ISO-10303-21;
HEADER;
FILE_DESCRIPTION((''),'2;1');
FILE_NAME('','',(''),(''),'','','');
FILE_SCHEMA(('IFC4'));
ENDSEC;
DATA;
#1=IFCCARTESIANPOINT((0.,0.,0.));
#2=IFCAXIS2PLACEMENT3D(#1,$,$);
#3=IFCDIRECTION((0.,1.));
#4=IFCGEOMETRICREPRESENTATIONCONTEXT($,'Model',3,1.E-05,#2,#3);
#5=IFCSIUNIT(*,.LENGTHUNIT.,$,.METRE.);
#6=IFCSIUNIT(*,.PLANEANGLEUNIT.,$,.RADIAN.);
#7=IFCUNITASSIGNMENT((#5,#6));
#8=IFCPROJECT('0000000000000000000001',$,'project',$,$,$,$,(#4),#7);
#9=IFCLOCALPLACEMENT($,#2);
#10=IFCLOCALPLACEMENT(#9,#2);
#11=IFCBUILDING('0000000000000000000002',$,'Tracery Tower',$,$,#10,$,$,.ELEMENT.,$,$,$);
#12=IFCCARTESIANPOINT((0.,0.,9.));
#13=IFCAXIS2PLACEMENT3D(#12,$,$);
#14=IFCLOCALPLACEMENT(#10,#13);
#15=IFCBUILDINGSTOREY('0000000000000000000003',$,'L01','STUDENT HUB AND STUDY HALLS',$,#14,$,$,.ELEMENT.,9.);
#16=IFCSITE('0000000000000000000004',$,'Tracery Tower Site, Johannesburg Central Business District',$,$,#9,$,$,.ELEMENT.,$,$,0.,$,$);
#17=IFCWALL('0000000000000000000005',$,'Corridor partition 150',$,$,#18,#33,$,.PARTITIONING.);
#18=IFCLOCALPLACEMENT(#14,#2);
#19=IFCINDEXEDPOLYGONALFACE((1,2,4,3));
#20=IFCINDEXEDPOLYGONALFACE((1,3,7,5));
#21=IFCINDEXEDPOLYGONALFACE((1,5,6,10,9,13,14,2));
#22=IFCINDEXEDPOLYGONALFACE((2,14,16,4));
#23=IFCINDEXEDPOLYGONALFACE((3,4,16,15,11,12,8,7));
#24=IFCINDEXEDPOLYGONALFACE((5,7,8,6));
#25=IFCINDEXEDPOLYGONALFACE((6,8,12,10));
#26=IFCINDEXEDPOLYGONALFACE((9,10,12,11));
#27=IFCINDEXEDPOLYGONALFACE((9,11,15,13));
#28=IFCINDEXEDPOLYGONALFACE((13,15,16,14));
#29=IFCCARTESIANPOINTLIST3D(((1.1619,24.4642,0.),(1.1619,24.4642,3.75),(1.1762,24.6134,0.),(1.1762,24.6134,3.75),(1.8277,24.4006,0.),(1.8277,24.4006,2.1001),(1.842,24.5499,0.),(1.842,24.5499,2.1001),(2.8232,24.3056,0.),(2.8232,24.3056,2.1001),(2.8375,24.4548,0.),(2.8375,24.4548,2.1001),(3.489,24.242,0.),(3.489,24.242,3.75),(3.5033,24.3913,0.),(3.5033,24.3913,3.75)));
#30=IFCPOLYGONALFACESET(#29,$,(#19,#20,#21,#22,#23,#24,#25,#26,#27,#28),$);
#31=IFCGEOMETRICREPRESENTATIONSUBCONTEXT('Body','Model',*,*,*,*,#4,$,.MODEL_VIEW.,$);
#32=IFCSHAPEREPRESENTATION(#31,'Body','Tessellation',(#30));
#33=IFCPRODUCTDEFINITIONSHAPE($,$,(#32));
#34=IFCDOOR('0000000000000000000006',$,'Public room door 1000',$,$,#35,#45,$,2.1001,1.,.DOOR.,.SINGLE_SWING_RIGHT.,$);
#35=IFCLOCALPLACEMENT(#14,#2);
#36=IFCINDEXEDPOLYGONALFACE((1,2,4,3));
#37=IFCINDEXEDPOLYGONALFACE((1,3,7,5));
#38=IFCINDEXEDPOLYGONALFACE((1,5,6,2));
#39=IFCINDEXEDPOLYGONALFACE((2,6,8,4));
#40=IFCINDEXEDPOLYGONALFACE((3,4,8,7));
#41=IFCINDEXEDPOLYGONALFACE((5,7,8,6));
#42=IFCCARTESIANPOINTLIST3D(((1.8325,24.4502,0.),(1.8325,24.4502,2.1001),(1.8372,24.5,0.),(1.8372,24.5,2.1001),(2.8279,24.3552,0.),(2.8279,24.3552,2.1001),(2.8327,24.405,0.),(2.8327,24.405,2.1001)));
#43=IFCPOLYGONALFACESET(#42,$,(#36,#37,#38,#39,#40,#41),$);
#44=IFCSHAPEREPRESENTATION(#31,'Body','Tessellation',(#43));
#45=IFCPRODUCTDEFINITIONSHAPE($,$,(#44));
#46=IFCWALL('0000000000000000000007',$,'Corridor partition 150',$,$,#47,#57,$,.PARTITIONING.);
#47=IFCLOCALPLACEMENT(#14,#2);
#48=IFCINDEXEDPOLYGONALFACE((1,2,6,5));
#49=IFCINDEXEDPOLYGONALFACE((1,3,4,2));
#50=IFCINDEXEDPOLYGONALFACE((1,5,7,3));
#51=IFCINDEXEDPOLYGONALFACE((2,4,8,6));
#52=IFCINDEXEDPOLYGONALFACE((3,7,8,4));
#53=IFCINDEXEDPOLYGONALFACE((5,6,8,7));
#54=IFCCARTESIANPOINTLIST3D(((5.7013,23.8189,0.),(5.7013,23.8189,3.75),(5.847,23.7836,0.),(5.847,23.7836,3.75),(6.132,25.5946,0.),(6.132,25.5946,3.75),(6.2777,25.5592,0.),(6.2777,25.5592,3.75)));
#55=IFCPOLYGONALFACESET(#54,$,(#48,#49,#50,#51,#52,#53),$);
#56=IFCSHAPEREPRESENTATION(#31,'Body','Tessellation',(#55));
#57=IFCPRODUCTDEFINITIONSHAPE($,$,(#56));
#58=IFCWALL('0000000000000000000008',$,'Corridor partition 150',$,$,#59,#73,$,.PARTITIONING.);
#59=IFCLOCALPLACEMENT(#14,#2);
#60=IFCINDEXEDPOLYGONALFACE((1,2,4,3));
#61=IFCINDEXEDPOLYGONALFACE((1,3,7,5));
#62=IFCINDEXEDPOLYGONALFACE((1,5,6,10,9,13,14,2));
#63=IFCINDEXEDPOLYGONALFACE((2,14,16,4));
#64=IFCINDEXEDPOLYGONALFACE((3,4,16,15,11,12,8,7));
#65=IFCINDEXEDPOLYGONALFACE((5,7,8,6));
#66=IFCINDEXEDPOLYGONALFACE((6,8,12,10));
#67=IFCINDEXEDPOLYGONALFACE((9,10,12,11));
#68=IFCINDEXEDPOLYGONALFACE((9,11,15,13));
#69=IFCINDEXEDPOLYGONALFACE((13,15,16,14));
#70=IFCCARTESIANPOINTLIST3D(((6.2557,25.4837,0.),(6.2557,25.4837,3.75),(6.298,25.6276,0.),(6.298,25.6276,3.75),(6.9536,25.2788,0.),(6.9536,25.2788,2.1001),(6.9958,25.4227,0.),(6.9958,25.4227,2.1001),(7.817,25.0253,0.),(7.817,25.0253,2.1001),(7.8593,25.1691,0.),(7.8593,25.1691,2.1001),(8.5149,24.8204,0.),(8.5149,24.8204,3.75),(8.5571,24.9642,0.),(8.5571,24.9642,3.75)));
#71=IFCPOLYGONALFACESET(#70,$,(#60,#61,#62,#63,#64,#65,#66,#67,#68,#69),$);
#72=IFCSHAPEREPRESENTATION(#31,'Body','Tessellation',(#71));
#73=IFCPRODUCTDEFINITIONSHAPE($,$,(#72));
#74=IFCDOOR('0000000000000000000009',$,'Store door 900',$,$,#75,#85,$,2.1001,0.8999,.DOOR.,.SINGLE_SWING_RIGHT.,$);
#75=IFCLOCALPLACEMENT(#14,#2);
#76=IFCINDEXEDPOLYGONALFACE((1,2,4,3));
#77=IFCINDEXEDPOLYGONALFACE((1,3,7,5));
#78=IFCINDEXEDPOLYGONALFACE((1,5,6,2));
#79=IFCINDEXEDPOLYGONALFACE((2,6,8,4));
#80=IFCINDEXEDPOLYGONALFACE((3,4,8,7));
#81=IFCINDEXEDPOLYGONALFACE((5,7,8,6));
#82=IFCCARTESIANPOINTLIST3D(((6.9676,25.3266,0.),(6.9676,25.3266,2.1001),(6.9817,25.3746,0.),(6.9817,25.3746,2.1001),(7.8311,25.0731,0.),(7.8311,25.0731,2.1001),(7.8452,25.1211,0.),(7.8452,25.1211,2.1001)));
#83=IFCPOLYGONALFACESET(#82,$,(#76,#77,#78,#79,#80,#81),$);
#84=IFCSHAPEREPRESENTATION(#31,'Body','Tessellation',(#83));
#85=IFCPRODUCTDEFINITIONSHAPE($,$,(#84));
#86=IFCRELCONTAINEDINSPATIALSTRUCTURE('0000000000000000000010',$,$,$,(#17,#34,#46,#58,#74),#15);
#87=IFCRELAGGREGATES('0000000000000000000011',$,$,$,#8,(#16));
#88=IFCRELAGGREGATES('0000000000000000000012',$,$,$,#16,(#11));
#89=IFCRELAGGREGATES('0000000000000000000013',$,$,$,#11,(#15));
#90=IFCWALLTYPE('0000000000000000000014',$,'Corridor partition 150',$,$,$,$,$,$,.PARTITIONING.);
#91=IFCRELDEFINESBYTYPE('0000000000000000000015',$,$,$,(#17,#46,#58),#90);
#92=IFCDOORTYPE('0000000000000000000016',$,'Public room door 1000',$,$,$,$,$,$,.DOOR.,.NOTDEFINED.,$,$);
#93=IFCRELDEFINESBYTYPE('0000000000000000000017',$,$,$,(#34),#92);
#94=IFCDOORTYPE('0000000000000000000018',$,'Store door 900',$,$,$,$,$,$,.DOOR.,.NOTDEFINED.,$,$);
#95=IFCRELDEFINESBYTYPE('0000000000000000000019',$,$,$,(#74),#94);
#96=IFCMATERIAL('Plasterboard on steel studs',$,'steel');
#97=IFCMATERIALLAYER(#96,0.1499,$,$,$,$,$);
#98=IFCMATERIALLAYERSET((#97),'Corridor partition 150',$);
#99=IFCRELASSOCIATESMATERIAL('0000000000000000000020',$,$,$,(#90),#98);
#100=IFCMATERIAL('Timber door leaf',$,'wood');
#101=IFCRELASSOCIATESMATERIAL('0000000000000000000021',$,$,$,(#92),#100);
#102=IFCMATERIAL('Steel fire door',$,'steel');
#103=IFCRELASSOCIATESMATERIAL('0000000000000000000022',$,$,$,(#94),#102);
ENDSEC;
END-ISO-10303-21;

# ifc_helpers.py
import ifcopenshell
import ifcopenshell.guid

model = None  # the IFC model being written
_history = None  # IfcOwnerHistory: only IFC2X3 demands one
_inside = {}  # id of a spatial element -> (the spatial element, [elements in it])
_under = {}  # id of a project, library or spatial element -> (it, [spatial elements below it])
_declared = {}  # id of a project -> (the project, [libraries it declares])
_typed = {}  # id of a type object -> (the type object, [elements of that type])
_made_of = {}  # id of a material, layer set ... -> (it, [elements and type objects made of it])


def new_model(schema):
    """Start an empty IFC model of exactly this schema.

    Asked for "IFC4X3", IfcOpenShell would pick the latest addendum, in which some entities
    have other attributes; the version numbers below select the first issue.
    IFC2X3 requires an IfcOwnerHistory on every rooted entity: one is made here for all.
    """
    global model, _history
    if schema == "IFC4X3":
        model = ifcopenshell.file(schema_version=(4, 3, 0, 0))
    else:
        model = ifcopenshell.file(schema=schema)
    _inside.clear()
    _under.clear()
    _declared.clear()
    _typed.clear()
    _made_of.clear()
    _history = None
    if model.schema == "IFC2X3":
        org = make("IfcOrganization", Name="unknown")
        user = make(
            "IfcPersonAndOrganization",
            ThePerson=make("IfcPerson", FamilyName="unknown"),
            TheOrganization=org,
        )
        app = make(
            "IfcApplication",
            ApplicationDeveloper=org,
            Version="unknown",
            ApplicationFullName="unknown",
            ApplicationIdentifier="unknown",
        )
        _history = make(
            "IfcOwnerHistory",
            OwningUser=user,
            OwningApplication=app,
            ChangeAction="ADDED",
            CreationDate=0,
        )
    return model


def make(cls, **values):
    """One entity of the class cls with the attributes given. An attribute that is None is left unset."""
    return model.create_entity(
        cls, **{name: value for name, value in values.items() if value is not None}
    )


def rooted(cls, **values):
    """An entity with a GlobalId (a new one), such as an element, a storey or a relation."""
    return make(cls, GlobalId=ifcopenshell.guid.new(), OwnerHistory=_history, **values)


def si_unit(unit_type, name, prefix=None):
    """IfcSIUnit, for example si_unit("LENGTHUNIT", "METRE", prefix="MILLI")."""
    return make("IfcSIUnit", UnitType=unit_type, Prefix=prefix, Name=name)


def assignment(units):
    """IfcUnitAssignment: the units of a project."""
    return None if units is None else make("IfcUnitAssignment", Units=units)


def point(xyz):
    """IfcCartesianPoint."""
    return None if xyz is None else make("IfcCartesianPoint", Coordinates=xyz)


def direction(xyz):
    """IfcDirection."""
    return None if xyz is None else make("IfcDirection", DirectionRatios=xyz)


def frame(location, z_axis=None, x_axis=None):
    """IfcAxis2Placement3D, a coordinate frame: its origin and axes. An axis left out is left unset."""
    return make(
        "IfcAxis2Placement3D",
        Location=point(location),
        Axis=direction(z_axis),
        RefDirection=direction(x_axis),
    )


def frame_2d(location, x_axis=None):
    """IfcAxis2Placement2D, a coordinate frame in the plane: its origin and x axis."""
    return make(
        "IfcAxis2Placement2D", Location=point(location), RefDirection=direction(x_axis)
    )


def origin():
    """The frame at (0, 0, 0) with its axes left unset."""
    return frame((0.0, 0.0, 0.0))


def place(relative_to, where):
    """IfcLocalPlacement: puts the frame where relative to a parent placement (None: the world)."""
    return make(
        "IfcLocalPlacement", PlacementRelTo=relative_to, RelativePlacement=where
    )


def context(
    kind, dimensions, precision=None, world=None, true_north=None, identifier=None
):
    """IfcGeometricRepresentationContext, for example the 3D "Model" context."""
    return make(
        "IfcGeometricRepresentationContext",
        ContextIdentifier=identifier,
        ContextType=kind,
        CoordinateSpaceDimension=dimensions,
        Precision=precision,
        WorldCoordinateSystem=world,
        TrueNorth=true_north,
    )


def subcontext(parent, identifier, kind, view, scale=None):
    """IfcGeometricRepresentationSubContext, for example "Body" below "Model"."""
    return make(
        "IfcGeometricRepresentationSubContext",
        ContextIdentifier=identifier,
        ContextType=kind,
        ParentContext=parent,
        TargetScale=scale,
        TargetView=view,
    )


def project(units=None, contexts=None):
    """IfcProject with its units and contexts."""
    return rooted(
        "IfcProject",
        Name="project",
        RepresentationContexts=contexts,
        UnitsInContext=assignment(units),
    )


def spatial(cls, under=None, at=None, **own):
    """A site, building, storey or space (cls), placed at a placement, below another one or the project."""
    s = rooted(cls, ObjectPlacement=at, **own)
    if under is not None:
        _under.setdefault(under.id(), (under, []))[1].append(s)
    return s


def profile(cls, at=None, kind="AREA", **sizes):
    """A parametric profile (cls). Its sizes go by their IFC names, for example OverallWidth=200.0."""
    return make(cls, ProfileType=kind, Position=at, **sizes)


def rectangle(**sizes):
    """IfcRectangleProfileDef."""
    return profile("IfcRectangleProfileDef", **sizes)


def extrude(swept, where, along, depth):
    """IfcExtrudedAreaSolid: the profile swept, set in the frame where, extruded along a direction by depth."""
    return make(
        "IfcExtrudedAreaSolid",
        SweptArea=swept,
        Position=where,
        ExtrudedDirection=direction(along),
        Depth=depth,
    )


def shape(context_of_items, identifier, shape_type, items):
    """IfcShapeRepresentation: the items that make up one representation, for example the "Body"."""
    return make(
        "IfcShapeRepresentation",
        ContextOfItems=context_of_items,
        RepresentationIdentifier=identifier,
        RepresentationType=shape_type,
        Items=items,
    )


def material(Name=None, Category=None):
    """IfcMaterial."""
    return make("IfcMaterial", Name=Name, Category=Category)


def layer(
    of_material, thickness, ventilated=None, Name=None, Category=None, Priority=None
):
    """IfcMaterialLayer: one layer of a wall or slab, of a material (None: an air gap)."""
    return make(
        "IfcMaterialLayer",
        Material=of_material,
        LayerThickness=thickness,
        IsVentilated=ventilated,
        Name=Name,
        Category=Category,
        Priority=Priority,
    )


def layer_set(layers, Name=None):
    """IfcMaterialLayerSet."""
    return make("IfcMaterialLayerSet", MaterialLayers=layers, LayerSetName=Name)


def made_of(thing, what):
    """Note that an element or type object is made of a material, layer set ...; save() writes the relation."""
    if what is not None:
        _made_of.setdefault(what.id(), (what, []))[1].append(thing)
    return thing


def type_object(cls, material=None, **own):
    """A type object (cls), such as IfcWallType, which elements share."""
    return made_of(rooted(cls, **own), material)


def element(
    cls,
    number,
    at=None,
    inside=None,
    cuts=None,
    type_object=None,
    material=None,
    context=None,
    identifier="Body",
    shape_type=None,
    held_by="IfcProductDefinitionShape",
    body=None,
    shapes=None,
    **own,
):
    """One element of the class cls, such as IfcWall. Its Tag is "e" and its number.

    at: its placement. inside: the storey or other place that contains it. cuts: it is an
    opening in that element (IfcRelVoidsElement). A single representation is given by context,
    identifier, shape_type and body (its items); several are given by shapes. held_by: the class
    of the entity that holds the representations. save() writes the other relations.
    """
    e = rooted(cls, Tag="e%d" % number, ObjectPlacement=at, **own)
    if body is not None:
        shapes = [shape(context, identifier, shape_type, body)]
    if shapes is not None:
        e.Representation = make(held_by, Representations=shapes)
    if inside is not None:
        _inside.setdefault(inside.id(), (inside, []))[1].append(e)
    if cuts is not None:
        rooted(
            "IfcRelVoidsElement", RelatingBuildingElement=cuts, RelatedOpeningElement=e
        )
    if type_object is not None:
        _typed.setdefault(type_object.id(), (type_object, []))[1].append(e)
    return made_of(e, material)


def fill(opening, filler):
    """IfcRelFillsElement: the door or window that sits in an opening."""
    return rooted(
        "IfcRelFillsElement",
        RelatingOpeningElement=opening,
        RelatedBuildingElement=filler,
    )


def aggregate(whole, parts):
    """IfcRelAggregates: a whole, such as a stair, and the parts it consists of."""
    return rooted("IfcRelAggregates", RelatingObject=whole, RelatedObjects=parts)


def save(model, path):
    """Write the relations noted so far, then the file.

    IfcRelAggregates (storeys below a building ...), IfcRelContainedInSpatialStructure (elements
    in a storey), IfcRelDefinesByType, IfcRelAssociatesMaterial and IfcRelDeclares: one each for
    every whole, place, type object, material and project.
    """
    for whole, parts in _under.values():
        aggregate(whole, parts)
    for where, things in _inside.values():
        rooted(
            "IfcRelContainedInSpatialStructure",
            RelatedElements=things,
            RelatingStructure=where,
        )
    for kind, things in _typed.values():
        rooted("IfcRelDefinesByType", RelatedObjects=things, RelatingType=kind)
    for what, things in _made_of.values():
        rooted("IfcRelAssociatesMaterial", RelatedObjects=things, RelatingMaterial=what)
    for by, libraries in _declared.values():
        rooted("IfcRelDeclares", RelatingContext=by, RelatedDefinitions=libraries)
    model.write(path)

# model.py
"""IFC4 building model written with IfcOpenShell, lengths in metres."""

from ifc_helpers import new_model, si_unit, direction, frame, frame_2d, origin, place, context, subcontext, project, spatial, rectangle, extrude, material, layer, layer_set, type_object, element, fill, save


model = new_model("IFC4")

# Units and contexts
model_context = context("Model", 3, precision=1e-05, world=origin(), true_north=direction((0.0, 1.0)))
body_context = subcontext(model_context, "Body", "Model", "MODEL_VIEW")
ifc_project = project(units=[si_unit("LENGTHUNIT", "METRE"), si_unit("PLANEANGLEUNIT", "RADIAN")], contexts=[model_context])

# Site, building, storey
site_placement = place(None, origin())
site = spatial("IfcSite", under=ifc_project, at=site_placement, Name="Tracery Tower Site, Johannesburg Central Business District", CompositionType="ELEMENT", RefElevation=0.0)
building_placement = place(site_placement, origin())
building = spatial("IfcBuilding", under=site, at=building_placement, Name="Tracery Tower", CompositionType="ELEMENT")
storey_placement = place(building_placement, frame((0.0, 0.0, 9.0)))
storey = spatial("IfcBuildingStorey", under=building, at=storey_placement, Name="L01", Description="STUDENT HUB AND STUDY HALLS", CompositionType="ELEMENT", Elevation=9.0)

# Shared definitions
ifc_material_1 = material(Name="Plasterboard on steel studs", Category="steel")
ifc_layer_1 = layer(ifc_material_1, 0.1499)
ifc_layer_set_1 = layer_set([ifc_layer_1], Name="Corridor partition 150")
wall_type_1 = type_object("IfcWallType", Name="Corridor partition 150", PredefinedType="PARTITIONING", material=ifc_layer_set_1)

# Wall, opening, door
ifc_material_2 = material(Name="Timber door leaf", Category="wood")
door_type_1 = type_object("IfcDoorType", Name="Public room door 1000", OperationType="NOTDEFINED", PredefinedType="DOOR", material=ifc_material_2)
wall_1_placement = place(storey_placement, frame((1.1689, 24.5388, 0.0), z_axis=(0.0, 0.0, 1.0), x_axis=(0.995474, -0.095036, 0.0)))
wall_1 = element("IfcWall", 1, at=wall_1_placement, inside=storey, type_object=wall_type_1, Name="Corridor partition 150", PredefinedType="PARTITIONING", context=body_context, shape_type="SweptSolid", body=[
    extrude(rectangle(XDim=2.3376, YDim=0.1499, at=frame_2d((1.1689, 0.0))), origin(), (0.0, 0.0, 1.0), 3.75),
])
opening_1_placement = place(wall_1_placement, frame((0.6689, 0.0, 0.0)))
opening_1 = element("IfcOpeningElement", 2, at=opening_1_placement, cuts=wall_1, PredefinedType="OPENING", context=body_context, shape_type="SweptSolid", body=[
    extrude(rectangle(XDim=1.0, YDim=2.1001, at=frame_2d((0.5, 1.05))), frame((0.0, 0.075, 0.0), z_axis=(0.0, -1.0, 0.0), x_axis=(1.0, 0.0, 0.0)), (0.0, 0.0, 1.0), 0.1499),
])
door_1_placement = place(opening_1_placement, origin())
door_1 = element("IfcDoor", 3, at=door_1_placement, inside=storey, type_object=door_type_1, Name="Public room door 1000", OperationType="SINGLE_SWING_RIGHT", OverallHeight=2.1001, OverallWidth=1.0, PredefinedType="DOOR", context=body_context, shape_type="SweptSolid", body=[
    extrude(rectangle(XDim=1.0, YDim=2.1001, at=frame_2d((0.5, 1.05))), frame((0.0, 0.0249, 0.0), z_axis=(0.0, -1.0, 0.0), x_axis=(1.0, 0.0, 0.0)), (0.0, 0.0, 1.0), 0.05),
])
fill(opening_1, door_1)

# Wall
wall_2_placement = place(storey_placement, frame((6.2048, 25.5769, 0.0), z_axis=(0.0, 0.0, 1.0), x_axis=(-0.235707, -0.971824, 0.0)))
element("IfcWall", 4, at=wall_2_placement, inside=storey, type_object=wall_type_1, Name="Corridor partition 150", PredefinedType="PARTITIONING", context=body_context, shape_type="SweptSolid", body=[
    extrude(rectangle(XDim=1.8271, YDim=0.1499, at=frame_2d((0.9136, 0.0))), origin(), (0.0, 0.0, 1.0), 3.75),
])

# Wall, opening, door
wall_3_placement = place(storey_placement, frame((6.2769, 25.5557, 0.0), z_axis=(0.0, 0.0, 1.0), x_axis=(0.959491, -0.28174, 0.0)))
wall_3 = element("IfcWall", 5, at=wall_3_placement, inside=storey, type_object=wall_type_1, Name="Corridor partition 150", PredefinedType="PARTITIONING", context=body_context, shape_type="SweptSolid", body=[
    extrude(rectangle(XDim=2.3545, YDim=0.1499, at=frame_2d((1.1772, 0.0))), origin(), (0.0, 0.0, 1.0), 3.75),
])
opening_2_placement = place(wall_3_placement, frame((0.7273, 0.0, 0.0)))
opening_2 = element("IfcOpeningElement", 6, at=opening_2_placement, cuts=wall_3, PredefinedType="OPENING", context=body_context, shape_type="SweptSolid", body=[
    extrude(rectangle(XDim=0.8999, YDim=2.1001, at=frame_2d((0.45, 1.05))), frame((0.0, 0.075, 0.0), z_axis=(0.0, -1.0, 0.0), x_axis=(1.0, 0.0, 0.0)), (0.0, 0.0, 1.0), 0.1499),
])
ifc_material_3 = material(Name="Steel fire door", Category="steel")
door_type_2 = type_object("IfcDoorType", Name="Store door 900", OperationType="NOTDEFINED", PredefinedType="DOOR", material=ifc_material_3)
door_2_placement = place(opening_2_placement, origin())
door_2 = element("IfcDoor", 7, at=door_2_placement, inside=storey, type_object=door_type_2, Name="Store door 900", OperationType="SINGLE_SWING_RIGHT", OverallHeight=2.1001, OverallWidth=0.8999, PredefinedType="DOOR", context=body_context, shape_type="SweptSolid", body=[
    extrude(rectangle(XDim=0.8999, YDim=2.1001, at=frame_2d((0.45, 1.05))), frame((0.0, 0.0249, 0.0), z_axis=(0.0, -1.0, 0.0), x_axis=(1.0, 0.0, 0.0)), (0.0, 0.0, 1.0), 0.05),
])
fill(opening_2, door_2)

save(model, "model.ifc")
